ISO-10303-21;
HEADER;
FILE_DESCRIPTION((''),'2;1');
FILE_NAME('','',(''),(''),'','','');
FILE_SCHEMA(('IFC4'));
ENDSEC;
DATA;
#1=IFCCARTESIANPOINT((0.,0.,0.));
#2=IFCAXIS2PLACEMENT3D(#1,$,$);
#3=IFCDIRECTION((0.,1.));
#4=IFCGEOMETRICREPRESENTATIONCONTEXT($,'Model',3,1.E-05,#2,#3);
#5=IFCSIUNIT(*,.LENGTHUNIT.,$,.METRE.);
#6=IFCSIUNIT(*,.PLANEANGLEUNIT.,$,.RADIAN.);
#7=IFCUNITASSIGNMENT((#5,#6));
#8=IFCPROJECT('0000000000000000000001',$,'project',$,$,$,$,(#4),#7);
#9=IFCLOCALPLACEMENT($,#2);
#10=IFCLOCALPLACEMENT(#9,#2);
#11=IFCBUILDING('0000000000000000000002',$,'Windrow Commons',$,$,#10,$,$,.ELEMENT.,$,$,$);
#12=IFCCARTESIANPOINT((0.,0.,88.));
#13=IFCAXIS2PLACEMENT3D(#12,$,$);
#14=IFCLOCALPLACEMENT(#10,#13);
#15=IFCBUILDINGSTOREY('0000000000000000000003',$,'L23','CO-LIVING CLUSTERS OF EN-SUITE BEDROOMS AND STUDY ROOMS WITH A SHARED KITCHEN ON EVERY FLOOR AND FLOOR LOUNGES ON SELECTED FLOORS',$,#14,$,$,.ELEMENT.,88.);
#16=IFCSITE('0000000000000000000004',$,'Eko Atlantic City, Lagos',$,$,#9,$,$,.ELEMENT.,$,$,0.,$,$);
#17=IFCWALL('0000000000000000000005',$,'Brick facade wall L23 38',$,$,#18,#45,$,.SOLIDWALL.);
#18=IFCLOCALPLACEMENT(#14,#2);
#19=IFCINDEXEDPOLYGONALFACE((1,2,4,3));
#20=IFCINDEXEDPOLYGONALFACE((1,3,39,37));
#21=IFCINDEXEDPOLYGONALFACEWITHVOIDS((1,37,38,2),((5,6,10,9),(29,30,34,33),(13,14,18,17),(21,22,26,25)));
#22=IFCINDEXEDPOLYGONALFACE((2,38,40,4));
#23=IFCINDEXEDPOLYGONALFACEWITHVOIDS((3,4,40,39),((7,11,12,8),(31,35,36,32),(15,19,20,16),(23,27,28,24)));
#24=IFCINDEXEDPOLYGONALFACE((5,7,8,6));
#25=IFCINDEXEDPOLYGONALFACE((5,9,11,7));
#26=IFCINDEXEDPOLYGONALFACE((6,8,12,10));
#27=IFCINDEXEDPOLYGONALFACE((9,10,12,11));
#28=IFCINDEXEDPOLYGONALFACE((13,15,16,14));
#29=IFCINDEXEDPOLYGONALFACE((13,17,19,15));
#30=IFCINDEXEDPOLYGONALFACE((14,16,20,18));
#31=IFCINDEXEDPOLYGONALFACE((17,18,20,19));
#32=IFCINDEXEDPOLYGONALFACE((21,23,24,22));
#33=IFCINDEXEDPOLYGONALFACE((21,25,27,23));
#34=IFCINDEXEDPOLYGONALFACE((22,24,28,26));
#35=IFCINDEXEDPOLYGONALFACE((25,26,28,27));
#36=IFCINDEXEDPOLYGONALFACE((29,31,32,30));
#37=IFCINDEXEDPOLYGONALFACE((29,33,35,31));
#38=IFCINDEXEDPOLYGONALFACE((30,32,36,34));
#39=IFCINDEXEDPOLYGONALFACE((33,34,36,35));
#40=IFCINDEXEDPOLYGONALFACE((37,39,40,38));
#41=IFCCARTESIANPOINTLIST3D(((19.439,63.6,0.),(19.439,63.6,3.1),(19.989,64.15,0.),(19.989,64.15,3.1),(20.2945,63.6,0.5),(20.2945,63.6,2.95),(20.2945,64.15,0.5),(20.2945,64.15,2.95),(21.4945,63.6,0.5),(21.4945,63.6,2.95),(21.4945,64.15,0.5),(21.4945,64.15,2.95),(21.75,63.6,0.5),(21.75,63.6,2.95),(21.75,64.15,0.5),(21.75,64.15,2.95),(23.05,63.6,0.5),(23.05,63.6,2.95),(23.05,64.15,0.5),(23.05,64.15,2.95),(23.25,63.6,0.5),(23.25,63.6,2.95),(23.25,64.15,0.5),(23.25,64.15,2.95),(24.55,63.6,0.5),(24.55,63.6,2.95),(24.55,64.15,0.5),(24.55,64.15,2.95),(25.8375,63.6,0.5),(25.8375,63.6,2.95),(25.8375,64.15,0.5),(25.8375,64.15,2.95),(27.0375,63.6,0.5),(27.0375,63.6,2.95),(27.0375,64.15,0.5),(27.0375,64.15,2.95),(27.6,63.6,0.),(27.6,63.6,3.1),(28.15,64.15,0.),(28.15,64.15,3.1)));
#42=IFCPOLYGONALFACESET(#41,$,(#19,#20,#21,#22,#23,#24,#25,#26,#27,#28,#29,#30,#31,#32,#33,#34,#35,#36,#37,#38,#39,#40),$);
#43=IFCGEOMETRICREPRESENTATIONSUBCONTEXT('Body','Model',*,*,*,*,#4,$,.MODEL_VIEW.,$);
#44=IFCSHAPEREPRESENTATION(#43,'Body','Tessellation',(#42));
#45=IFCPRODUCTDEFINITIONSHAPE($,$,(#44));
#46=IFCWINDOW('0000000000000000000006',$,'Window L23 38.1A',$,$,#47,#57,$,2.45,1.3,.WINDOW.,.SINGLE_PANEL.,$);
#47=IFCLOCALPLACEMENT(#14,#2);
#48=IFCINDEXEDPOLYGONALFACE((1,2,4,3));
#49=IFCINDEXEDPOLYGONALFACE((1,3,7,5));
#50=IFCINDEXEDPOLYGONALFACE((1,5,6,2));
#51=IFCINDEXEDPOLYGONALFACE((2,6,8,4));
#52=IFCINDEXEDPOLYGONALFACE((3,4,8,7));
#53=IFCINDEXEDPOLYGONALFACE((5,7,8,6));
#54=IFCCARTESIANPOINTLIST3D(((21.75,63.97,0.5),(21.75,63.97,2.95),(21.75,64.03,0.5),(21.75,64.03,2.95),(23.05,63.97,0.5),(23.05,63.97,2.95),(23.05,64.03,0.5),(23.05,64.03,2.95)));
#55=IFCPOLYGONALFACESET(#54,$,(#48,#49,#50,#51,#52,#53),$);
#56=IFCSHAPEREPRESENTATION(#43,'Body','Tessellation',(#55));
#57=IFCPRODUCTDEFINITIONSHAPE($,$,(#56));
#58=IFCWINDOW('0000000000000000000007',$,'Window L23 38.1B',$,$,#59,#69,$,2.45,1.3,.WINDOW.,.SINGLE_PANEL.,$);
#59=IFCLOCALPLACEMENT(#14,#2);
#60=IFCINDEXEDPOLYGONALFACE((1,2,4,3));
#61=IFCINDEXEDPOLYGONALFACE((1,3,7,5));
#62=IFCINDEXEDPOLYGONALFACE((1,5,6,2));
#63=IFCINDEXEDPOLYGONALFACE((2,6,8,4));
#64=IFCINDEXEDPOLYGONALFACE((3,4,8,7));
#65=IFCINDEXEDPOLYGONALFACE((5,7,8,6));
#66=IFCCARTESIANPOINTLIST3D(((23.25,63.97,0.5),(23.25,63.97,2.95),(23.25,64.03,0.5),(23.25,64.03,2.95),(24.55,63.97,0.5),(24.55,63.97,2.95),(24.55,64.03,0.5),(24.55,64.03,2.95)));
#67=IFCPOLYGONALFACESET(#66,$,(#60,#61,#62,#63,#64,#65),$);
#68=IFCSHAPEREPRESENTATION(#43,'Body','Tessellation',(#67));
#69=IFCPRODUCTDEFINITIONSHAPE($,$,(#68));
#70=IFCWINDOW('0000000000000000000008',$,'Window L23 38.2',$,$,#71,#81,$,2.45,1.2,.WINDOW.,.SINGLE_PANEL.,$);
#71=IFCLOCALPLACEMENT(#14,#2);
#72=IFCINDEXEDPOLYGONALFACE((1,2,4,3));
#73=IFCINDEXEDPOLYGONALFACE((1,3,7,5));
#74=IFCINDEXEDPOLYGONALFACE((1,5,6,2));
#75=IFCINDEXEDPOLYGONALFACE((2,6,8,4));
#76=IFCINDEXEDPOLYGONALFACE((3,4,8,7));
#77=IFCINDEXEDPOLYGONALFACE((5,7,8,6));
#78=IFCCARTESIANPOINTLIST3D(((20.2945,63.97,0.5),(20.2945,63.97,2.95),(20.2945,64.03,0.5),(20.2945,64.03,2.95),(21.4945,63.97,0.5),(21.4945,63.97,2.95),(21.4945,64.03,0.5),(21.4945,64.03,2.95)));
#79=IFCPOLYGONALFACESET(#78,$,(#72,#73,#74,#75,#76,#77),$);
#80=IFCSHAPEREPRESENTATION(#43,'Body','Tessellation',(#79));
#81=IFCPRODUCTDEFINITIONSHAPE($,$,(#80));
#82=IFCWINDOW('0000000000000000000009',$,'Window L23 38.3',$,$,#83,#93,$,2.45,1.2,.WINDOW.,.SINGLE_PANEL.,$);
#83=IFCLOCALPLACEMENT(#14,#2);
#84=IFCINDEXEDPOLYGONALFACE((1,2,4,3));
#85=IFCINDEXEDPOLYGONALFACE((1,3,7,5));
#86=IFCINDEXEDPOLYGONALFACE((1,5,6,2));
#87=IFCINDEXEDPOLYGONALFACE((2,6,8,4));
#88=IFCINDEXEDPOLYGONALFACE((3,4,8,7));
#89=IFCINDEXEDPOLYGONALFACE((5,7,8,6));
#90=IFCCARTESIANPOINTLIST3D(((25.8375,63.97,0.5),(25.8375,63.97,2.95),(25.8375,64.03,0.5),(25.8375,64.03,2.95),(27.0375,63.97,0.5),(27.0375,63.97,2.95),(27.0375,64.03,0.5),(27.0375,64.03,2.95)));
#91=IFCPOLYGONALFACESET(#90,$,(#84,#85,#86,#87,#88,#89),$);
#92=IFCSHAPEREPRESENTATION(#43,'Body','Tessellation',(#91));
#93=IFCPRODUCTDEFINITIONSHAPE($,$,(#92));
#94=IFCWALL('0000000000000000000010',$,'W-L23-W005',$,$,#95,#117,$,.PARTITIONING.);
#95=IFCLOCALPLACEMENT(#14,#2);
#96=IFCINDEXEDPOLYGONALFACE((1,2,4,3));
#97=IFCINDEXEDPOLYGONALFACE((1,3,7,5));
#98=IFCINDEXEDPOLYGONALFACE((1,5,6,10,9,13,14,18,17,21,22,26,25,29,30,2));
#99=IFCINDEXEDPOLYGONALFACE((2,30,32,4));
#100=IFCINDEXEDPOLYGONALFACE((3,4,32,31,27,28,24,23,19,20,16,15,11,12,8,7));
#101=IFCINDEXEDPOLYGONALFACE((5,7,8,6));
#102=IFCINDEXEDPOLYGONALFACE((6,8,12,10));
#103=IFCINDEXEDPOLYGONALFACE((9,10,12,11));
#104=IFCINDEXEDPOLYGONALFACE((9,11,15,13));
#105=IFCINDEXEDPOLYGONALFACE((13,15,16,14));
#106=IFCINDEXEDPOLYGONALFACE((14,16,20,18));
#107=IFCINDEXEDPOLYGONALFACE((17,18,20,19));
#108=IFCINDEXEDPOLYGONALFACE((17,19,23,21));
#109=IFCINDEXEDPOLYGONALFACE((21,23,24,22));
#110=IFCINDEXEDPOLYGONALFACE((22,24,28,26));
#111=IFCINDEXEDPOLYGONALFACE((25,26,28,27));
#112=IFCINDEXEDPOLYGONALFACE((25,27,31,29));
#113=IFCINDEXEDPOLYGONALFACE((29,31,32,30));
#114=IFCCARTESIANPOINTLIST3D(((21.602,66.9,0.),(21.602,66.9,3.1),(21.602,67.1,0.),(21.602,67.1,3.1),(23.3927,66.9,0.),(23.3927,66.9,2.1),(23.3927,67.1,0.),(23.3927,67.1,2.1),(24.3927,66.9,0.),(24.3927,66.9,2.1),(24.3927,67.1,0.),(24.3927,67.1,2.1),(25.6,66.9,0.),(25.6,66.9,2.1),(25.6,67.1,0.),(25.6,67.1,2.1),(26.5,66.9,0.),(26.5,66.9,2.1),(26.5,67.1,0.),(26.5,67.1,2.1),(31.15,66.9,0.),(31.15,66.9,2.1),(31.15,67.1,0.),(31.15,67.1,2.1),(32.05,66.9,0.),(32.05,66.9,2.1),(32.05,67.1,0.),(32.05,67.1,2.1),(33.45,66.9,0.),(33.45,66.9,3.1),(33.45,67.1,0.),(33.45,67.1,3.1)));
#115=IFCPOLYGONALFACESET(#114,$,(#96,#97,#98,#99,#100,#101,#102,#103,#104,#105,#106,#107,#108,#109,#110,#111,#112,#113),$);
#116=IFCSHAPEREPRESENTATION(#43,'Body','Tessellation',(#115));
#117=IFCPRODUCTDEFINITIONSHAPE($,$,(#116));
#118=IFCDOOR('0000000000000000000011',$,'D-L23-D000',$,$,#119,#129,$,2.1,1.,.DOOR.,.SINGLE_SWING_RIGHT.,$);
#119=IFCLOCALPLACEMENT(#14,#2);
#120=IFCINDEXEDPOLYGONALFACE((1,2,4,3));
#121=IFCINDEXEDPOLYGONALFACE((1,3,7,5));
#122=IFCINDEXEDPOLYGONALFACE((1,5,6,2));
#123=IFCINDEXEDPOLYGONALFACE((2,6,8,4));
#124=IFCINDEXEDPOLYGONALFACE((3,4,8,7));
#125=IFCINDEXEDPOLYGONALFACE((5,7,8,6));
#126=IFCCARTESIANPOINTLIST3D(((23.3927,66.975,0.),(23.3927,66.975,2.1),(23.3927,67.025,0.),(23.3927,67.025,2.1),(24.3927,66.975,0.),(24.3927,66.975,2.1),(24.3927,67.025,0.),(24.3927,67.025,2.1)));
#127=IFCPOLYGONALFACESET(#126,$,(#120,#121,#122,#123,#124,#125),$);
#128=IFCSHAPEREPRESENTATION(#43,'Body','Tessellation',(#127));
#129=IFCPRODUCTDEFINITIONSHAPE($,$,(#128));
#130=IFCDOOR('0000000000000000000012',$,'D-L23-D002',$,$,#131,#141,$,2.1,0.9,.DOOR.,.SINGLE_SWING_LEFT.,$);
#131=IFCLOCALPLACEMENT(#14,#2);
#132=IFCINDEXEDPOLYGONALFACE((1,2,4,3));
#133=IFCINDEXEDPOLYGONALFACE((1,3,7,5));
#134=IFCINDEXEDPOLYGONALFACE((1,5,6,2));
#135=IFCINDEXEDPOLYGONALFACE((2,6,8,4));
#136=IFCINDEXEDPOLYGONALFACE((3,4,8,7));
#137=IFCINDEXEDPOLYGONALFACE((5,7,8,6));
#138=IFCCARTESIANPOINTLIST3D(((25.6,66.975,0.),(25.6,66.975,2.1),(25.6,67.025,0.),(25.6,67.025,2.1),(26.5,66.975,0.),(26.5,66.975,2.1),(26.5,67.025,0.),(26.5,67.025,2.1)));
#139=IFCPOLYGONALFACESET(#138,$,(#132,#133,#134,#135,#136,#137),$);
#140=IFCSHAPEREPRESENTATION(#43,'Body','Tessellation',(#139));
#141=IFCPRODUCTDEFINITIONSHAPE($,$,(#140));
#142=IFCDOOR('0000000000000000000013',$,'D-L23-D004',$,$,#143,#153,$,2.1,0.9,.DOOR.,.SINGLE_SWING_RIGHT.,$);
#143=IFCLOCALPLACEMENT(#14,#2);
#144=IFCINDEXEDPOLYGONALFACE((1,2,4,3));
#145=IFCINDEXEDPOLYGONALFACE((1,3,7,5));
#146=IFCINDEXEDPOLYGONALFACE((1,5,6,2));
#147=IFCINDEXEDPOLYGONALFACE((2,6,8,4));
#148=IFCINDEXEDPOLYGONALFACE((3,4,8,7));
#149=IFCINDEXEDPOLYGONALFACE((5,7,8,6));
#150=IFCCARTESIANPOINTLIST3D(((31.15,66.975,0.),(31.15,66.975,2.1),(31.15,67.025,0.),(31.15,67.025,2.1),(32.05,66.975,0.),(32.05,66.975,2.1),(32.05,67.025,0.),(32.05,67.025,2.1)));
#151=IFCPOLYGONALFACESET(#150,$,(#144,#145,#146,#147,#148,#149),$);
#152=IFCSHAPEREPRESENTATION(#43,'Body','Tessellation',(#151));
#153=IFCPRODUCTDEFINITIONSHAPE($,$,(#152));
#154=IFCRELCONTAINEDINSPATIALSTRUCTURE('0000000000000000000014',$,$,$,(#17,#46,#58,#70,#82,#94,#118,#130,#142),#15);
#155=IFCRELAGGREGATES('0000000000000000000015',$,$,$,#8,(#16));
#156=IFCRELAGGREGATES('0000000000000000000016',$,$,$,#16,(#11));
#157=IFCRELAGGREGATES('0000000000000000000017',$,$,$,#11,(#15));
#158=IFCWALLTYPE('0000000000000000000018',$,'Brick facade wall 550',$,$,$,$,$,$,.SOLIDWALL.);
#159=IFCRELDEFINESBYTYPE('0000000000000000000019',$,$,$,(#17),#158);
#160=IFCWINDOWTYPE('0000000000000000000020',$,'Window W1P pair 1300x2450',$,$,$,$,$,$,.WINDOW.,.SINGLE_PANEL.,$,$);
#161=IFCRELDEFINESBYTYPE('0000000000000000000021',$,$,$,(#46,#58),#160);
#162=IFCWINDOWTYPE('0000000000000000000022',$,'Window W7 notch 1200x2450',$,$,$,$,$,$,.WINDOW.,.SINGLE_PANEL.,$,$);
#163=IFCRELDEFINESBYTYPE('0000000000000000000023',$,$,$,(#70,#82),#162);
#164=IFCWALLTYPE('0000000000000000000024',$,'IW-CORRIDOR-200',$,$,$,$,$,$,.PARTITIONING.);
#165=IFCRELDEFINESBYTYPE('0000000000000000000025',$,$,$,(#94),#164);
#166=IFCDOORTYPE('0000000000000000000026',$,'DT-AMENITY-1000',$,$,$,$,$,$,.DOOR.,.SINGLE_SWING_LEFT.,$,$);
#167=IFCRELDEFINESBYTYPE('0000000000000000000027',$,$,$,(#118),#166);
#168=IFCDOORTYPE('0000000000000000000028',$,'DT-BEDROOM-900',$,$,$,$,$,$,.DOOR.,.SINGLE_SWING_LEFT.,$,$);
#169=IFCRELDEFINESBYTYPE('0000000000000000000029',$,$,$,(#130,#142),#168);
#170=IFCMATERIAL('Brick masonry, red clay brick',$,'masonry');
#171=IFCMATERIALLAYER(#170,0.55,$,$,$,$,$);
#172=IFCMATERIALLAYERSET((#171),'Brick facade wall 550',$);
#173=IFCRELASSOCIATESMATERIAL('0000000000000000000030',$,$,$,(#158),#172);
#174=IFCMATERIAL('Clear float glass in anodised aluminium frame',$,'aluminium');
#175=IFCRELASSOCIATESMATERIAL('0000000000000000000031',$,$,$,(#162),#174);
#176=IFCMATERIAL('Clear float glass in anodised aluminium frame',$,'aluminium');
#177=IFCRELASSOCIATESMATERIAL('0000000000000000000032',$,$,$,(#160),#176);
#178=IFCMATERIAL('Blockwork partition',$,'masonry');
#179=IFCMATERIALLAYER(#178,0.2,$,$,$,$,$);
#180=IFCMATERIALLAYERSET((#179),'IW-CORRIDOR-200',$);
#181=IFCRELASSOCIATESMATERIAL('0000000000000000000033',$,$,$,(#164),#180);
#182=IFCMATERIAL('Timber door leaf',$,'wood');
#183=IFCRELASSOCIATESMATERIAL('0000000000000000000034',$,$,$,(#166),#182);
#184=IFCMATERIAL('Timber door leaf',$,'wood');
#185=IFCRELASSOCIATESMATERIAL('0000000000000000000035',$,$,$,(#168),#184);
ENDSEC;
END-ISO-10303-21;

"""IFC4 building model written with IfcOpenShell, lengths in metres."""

from ifc_helpers import new_model, si_unit, direction, frame, frame_2d, origin, place, context, subcontext, project, spatial, polyline, rectangle, outline, extrude, material, layer, layer_set, type_object, element, fill, save


model = new_model("IFC4")

# Units and contexts
model_context = context("Model", 3, precision=1e-05, world=origin(), true_north=direction((0.0, 1.0)))
body_context = subcontext(model_context, "Body", "Model", "MODEL_VIEW")
ifc_project = project(units=[si_unit("LENGTHUNIT", "METRE"), si_unit("PLANEANGLEUNIT", "RADIAN")], contexts=[model_context])

# Site, building, storey
site_placement = place(None, origin())
site = spatial("IfcSite", under=ifc_project, at=site_placement, Name="Eko Atlantic City, Lagos", CompositionType="ELEMENT", RefElevation=0.0)
building_placement = place(site_placement, origin())
building = spatial("IfcBuilding", under=site, at=building_placement, Name="Windrow Commons", CompositionType="ELEMENT")
storey_placement = place(building_placement, frame((0.0, 0.0, 88.0)))
storey = spatial("IfcBuildingStorey", under=building, at=storey_placement, Name="L23", Description="CO-LIVING CLUSTERS OF EN-SUITE BEDROOMS AND STUDY ROOMS WITH A SHARED KITCHEN ON EVERY FLOOR AND FLOOR LOUNGES ON SELECTED FLOORS", CompositionType="ELEMENT", Elevation=88.0)

# Shared definitions
ifc_material_1 = material(Name="Brick masonry, red clay brick", Category="masonry")
ifc_layer_1 = layer(ifc_material_1, 0.55)
ifc_layer_set_1 = layer_set([ifc_layer_1], Name="Brick facade wall 550")
wall_type_1 = type_object("IfcWallType", Name="Brick facade wall 550", PredefinedType="SOLIDWALL", material=ifc_layer_set_1)
ifc_material_2 = material(Name="Clear float glass in anodised aluminium frame", Category="aluminium")
window_type_1 = type_object("IfcWindowType", Name="Window W7 notch 1200x2450", PartitioningType="SINGLE_PANEL", PredefinedType="WINDOW", material=ifc_material_2)

# Wall, openings, windows
ifc_material_3 = material(Name="Clear float glass in anodised aluminium frame", Category="aluminium")
window_type_2 = type_object("IfcWindowType", Name="Window W1P pair 1300x2450", PartitioningType="SINGLE_PANEL", PredefinedType="WINDOW", material=ifc_material_3)
wall_1_placement = place(storey_placement, frame((19.714, 63.875, 0.0), z_axis=(0.0, 0.0, 1.0), x_axis=(1.0, 0.0, 0.0)))
wall_1 = element("IfcWall", 1, at=wall_1_placement, inside=storey, type_object=wall_type_1, Name="Brick facade wall L23 38", PredefinedType="SOLIDWALL", context=body_context, shape_type="SweptSolid", body=[
    extrude(outline(polyline([(-0.275, -0.275), (7.886, -0.275), (8.436, 0.275), (0.275, 0.275), (-0.275, -0.275)])), origin(), (0.0, 0.0, 1.0), 3.1),
])
opening_1_placement = place(wall_1_placement, frame((2.036, 0.0, 0.5)))
opening_1 = element("IfcOpeningElement", 2, at=opening_1_placement, cuts=wall_1, PredefinedType="OPENING", context=body_context, shape_type="SweptSolid", body=[
    extrude(rectangle(XDim=1.3, YDim=2.45, at=frame_2d((0.65, 1.225))), frame((0.0, 0.285, 0.0), z_axis=(0.0, -1.0, 0.0), x_axis=(1.0, 0.0, 0.0)), (0.0, 0.0, 1.0), 0.57),
])
opening_2_placement = place(wall_1_placement, frame((3.536, 0.0, 0.5)))
opening_2 = element("IfcOpeningElement", 3, at=opening_2_placement, cuts=wall_1, PredefinedType="OPENING", context=body_context, shape_type="SweptSolid", body=[
    extrude(rectangle(XDim=1.3, YDim=2.45, at=frame_2d((0.65, 1.225))), frame((0.0, 0.285, 0.0), z_axis=(0.0, -1.0, 0.0), x_axis=(1.0, 0.0, 0.0)), (0.0, 0.0, 1.0), 0.57),
])
opening_3_placement = place(wall_1_placement, frame((0.5805, 0.0, 0.5)))
opening_3 = element("IfcOpeningElement", 4, at=opening_3_placement, cuts=wall_1, PredefinedType="OPENING", context=body_context, shape_type="SweptSolid", body=[
    extrude(rectangle(XDim=1.2, YDim=2.45, at=frame_2d((0.6, 1.225))), frame((0.0, 0.285, 0.0), z_axis=(0.0, -1.0, 0.0), x_axis=(1.0, 0.0, 0.0)), (0.0, 0.0, 1.0), 0.57),
])
opening_4_placement = place(wall_1_placement, frame((6.1235, 0.0, 0.5)))
opening_4 = element("IfcOpeningElement", 5, at=opening_4_placement, cuts=wall_1, PredefinedType="OPENING", context=body_context, shape_type="SweptSolid", body=[
    extrude(rectangle(XDim=1.2, YDim=2.45, at=frame_2d((0.6, 1.225))), frame((0.0, 0.285, 0.0), z_axis=(0.0, -1.0, 0.0), x_axis=(1.0, 0.0, 0.0)), (0.0, 0.0, 1.0), 0.57),
])
window_1_placement = place(opening_1_placement, origin())
window_1 = element("IfcWindow", 6, at=window_1_placement, inside=storey, type_object=window_type_2, Name="Window L23 38.1A", OverallHeight=2.45, OverallWidth=1.3, PartitioningType="SINGLE_PANEL", PredefinedType="WINDOW", context=body_context, shape_type="SweptSolid", body=[
    extrude(rectangle(XDim=1.3, YDim=2.45, at=frame_2d((0.65, 1.225))), frame((0.0, 0.155, 0.0), z_axis=(0.0, -1.0, 0.0), x_axis=(1.0, 0.0, 0.0)), (0.0, 0.0, 1.0), 0.06),
])
fill(opening_1, window_1)
window_2_placement = place(opening_2_placement, origin())
window_2 = element("IfcWindow", 7, at=window_2_placement, inside=storey, type_object=window_type_2, Name="Window L23 38.1B", OverallHeight=2.45, OverallWidth=1.3, PartitioningType="SINGLE_PANEL", PredefinedType="WINDOW", context=body_context, shape_type="SweptSolid", body=[
    extrude(rectangle(XDim=1.3, YDim=2.45, at=frame_2d((0.65, 1.225))), frame((0.0, 0.155, 0.0), z_axis=(0.0, -1.0, 0.0), x_axis=(1.0, 0.0, 0.0)), (0.0, 0.0, 1.0), 0.06),
])
fill(opening_2, window_2)
window_3_placement = place(opening_3_placement, origin())
window_3 = element("IfcWindow", 8, at=window_3_placement, inside=storey, type_object=window_type_1, Name="Window L23 38.2", OverallHeight=2.45, OverallWidth=1.2, PartitioningType="SINGLE_PANEL", PredefinedType="WINDOW", context=body_context, shape_type="SweptSolid", body=[
    extrude(rectangle(XDim=1.2, YDim=2.45, at=frame_2d((0.6, 1.225))), frame((0.0, 0.155, 0.0), z_axis=(0.0, -1.0, 0.0), x_axis=(1.0, 0.0, 0.0)), (0.0, 0.0, 1.0), 0.06),
])
fill(opening_3, window_3)
window_4_placement = place(opening_4_placement, origin())
window_4 = element("IfcWindow", 9, at=window_4_placement, inside=storey, type_object=window_type_1, Name="Window L23 38.3", OverallHeight=2.45, OverallWidth=1.2, PartitioningType="SINGLE_PANEL", PredefinedType="WINDOW", context=body_context, shape_type="SweptSolid", body=[
    extrude(rectangle(XDim=1.2, YDim=2.45, at=frame_2d((0.6, 1.225))), frame((0.0, 0.155, 0.0), z_axis=(0.0, -1.0, 0.0), x_axis=(1.0, 0.0, 0.0)), (0.0, 0.0, 1.0), 0.06),
])
fill(opening_4, window_4)

# Wall, openings, doors
ifc_material_4 = material(Name="Blockwork partition", Category="masonry")
ifc_layer_2 = layer(ifc_material_4, 0.2)
ifc_layer_set_2 = layer_set([ifc_layer_2], Name="IW-CORRIDOR-200")
wall_type_2 = type_object("IfcWallType", Name="IW-CORRIDOR-200", PredefinedType="PARTITIONING", material=ifc_layer_set_2)
wall_2_placement = place(storey_placement, frame((21.602, 67.0, 0.0), z_axis=(0.0, 0.0, 1.0), x_axis=(1.0, 0.0, 0.0)))
wall_2 = element("IfcWall", 10, at=wall_2_placement, inside=storey, type_object=wall_type_2, Name="W-L23-W005", PredefinedType="PARTITIONING", context=body_context, shape_type="SweptSolid", body=[
    extrude(rectangle(XDim=11.848, YDim=0.2, at=frame_2d((5.924, 0.0))), origin(), (0.0, 0.0, 1.0), 3.1),
])
opening_5_placement = place(wall_2_placement, frame((1.7907, 0.0, 0.0)))
opening_5 = element("IfcOpeningElement", 11, at=opening_5_placement, cuts=wall_2, PredefinedType="OPENING", context=body_context, shape_type="SweptSolid", body=[
    extrude(rectangle(XDim=1.0, YDim=2.1, at=frame_2d((0.5, 1.05))), frame((0.0, 0.11, 0.0), z_axis=(0.0, -1.0, 0.0), x_axis=(1.0, 0.0, 0.0)), (0.0, 0.0, 1.0), 0.22),
])
opening_6_placement = place(wall_2_placement, frame((3.998, 0.0, 0.0)))
opening_6 = element("IfcOpeningElement", 12, at=opening_6_placement, cuts=wall_2, PredefinedType="OPENING", context=body_context, shape_type="SweptSolid", body=[
    extrude(rectangle(XDim=0.9, YDim=2.1, at=frame_2d((0.45, 1.05))), frame((0.0, 0.11, 0.0), z_axis=(0.0, -1.0, 0.0), x_axis=(1.0, 0.0, 0.0)), (0.0, 0.0, 1.0), 0.22),
])
opening_7_placement = place(wall_2_placement, frame((9.548, 0.0, 0.0)))
opening_7 = element("IfcOpeningElement", 13, at=opening_7_placement, cuts=wall_2, PredefinedType="OPENING", context=body_context, shape_type="SweptSolid", body=[
    extrude(rectangle(XDim=0.9, YDim=2.1, at=frame_2d((0.45, 1.05))), frame((0.0, 0.11, 0.0), z_axis=(0.0, -1.0, 0.0), x_axis=(1.0, 0.0, 0.0)), (0.0, 0.0, 1.0), 0.22),
])
ifc_material_5 = material(Name="Timber door leaf", Category="wood")
door_type_1 = type_object("IfcDoorType", Name="DT-AMENITY-1000", OperationType="SINGLE_SWING_LEFT", PredefinedType="DOOR", material=ifc_material_5)
door_1_placement = place(opening_5_placement, origin())
door_1 = element("IfcDoor", 14, at=door_1_placement, inside=storey, type_object=door_type_1, Name="D-L23-D000", OperationType="SINGLE_SWING_RIGHT", OverallHeight=2.1, OverallWidth=1.0, PredefinedType="DOOR", context=body_context, shape_type="SweptSolid", body=[
    extrude(rectangle(XDim=1.0, YDim=2.1, at=frame_2d((0.5, 1.05))), frame((0.0, 0.025, 0.0), z_axis=(0.0, -1.0, 0.0), x_axis=(1.0, 0.0, 0.0)), (0.0, 0.0, 1.0), 0.05),
])
fill(opening_5, door_1)
ifc_material_6 = material(Name="Timber door leaf", Category="wood")
door_type_2 = type_object("IfcDoorType", Name="DT-BEDROOM-900", OperationType="SINGLE_SWING_LEFT", PredefinedType="DOOR", material=ifc_material_6)
door_2_placement = place(opening_6_placement, origin())
door_2 = element("IfcDoor", 15, at=door_2_placement, inside=storey, type_object=door_type_2, Name="D-L23-D002", OperationType="SINGLE_SWING_LEFT", OverallHeight=2.1, OverallWidth=0.9, PredefinedType="DOOR", context=body_context, shape_type="SweptSolid", body=[
    extrude(rectangle(XDim=0.9, YDim=2.1, at=frame_2d((0.45, 1.05))), frame((0.0, 0.025, 0.0), z_axis=(0.0, -1.0, 0.0), x_axis=(1.0, 0.0, 0.0)), (0.0, 0.0, 1.0), 0.05),
])
fill(opening_6, door_2)
door_3_placement = place(opening_7_placement, origin())
door_3 = element("IfcDoor", 16, at=door_3_placement, inside=storey, type_object=door_type_2, Name="D-L23-D004", OperationType="SINGLE_SWING_RIGHT", OverallHeight=2.1, OverallWidth=0.9, PredefinedType="DOOR", context=body_context, shape_type="SweptSolid", body=[
    extrude(rectangle(XDim=0.9, YDim=2.1, at=frame_2d((0.45, 1.05))), frame((0.0, 0.025, 0.0), z_axis=(0.0, -1.0, 0.0), x_axis=(1.0, 0.0, 0.0)), (0.0, 0.0, 1.0), 0.05),
])
fill(opening_7, door_3)

save(model, "model.ifc")
